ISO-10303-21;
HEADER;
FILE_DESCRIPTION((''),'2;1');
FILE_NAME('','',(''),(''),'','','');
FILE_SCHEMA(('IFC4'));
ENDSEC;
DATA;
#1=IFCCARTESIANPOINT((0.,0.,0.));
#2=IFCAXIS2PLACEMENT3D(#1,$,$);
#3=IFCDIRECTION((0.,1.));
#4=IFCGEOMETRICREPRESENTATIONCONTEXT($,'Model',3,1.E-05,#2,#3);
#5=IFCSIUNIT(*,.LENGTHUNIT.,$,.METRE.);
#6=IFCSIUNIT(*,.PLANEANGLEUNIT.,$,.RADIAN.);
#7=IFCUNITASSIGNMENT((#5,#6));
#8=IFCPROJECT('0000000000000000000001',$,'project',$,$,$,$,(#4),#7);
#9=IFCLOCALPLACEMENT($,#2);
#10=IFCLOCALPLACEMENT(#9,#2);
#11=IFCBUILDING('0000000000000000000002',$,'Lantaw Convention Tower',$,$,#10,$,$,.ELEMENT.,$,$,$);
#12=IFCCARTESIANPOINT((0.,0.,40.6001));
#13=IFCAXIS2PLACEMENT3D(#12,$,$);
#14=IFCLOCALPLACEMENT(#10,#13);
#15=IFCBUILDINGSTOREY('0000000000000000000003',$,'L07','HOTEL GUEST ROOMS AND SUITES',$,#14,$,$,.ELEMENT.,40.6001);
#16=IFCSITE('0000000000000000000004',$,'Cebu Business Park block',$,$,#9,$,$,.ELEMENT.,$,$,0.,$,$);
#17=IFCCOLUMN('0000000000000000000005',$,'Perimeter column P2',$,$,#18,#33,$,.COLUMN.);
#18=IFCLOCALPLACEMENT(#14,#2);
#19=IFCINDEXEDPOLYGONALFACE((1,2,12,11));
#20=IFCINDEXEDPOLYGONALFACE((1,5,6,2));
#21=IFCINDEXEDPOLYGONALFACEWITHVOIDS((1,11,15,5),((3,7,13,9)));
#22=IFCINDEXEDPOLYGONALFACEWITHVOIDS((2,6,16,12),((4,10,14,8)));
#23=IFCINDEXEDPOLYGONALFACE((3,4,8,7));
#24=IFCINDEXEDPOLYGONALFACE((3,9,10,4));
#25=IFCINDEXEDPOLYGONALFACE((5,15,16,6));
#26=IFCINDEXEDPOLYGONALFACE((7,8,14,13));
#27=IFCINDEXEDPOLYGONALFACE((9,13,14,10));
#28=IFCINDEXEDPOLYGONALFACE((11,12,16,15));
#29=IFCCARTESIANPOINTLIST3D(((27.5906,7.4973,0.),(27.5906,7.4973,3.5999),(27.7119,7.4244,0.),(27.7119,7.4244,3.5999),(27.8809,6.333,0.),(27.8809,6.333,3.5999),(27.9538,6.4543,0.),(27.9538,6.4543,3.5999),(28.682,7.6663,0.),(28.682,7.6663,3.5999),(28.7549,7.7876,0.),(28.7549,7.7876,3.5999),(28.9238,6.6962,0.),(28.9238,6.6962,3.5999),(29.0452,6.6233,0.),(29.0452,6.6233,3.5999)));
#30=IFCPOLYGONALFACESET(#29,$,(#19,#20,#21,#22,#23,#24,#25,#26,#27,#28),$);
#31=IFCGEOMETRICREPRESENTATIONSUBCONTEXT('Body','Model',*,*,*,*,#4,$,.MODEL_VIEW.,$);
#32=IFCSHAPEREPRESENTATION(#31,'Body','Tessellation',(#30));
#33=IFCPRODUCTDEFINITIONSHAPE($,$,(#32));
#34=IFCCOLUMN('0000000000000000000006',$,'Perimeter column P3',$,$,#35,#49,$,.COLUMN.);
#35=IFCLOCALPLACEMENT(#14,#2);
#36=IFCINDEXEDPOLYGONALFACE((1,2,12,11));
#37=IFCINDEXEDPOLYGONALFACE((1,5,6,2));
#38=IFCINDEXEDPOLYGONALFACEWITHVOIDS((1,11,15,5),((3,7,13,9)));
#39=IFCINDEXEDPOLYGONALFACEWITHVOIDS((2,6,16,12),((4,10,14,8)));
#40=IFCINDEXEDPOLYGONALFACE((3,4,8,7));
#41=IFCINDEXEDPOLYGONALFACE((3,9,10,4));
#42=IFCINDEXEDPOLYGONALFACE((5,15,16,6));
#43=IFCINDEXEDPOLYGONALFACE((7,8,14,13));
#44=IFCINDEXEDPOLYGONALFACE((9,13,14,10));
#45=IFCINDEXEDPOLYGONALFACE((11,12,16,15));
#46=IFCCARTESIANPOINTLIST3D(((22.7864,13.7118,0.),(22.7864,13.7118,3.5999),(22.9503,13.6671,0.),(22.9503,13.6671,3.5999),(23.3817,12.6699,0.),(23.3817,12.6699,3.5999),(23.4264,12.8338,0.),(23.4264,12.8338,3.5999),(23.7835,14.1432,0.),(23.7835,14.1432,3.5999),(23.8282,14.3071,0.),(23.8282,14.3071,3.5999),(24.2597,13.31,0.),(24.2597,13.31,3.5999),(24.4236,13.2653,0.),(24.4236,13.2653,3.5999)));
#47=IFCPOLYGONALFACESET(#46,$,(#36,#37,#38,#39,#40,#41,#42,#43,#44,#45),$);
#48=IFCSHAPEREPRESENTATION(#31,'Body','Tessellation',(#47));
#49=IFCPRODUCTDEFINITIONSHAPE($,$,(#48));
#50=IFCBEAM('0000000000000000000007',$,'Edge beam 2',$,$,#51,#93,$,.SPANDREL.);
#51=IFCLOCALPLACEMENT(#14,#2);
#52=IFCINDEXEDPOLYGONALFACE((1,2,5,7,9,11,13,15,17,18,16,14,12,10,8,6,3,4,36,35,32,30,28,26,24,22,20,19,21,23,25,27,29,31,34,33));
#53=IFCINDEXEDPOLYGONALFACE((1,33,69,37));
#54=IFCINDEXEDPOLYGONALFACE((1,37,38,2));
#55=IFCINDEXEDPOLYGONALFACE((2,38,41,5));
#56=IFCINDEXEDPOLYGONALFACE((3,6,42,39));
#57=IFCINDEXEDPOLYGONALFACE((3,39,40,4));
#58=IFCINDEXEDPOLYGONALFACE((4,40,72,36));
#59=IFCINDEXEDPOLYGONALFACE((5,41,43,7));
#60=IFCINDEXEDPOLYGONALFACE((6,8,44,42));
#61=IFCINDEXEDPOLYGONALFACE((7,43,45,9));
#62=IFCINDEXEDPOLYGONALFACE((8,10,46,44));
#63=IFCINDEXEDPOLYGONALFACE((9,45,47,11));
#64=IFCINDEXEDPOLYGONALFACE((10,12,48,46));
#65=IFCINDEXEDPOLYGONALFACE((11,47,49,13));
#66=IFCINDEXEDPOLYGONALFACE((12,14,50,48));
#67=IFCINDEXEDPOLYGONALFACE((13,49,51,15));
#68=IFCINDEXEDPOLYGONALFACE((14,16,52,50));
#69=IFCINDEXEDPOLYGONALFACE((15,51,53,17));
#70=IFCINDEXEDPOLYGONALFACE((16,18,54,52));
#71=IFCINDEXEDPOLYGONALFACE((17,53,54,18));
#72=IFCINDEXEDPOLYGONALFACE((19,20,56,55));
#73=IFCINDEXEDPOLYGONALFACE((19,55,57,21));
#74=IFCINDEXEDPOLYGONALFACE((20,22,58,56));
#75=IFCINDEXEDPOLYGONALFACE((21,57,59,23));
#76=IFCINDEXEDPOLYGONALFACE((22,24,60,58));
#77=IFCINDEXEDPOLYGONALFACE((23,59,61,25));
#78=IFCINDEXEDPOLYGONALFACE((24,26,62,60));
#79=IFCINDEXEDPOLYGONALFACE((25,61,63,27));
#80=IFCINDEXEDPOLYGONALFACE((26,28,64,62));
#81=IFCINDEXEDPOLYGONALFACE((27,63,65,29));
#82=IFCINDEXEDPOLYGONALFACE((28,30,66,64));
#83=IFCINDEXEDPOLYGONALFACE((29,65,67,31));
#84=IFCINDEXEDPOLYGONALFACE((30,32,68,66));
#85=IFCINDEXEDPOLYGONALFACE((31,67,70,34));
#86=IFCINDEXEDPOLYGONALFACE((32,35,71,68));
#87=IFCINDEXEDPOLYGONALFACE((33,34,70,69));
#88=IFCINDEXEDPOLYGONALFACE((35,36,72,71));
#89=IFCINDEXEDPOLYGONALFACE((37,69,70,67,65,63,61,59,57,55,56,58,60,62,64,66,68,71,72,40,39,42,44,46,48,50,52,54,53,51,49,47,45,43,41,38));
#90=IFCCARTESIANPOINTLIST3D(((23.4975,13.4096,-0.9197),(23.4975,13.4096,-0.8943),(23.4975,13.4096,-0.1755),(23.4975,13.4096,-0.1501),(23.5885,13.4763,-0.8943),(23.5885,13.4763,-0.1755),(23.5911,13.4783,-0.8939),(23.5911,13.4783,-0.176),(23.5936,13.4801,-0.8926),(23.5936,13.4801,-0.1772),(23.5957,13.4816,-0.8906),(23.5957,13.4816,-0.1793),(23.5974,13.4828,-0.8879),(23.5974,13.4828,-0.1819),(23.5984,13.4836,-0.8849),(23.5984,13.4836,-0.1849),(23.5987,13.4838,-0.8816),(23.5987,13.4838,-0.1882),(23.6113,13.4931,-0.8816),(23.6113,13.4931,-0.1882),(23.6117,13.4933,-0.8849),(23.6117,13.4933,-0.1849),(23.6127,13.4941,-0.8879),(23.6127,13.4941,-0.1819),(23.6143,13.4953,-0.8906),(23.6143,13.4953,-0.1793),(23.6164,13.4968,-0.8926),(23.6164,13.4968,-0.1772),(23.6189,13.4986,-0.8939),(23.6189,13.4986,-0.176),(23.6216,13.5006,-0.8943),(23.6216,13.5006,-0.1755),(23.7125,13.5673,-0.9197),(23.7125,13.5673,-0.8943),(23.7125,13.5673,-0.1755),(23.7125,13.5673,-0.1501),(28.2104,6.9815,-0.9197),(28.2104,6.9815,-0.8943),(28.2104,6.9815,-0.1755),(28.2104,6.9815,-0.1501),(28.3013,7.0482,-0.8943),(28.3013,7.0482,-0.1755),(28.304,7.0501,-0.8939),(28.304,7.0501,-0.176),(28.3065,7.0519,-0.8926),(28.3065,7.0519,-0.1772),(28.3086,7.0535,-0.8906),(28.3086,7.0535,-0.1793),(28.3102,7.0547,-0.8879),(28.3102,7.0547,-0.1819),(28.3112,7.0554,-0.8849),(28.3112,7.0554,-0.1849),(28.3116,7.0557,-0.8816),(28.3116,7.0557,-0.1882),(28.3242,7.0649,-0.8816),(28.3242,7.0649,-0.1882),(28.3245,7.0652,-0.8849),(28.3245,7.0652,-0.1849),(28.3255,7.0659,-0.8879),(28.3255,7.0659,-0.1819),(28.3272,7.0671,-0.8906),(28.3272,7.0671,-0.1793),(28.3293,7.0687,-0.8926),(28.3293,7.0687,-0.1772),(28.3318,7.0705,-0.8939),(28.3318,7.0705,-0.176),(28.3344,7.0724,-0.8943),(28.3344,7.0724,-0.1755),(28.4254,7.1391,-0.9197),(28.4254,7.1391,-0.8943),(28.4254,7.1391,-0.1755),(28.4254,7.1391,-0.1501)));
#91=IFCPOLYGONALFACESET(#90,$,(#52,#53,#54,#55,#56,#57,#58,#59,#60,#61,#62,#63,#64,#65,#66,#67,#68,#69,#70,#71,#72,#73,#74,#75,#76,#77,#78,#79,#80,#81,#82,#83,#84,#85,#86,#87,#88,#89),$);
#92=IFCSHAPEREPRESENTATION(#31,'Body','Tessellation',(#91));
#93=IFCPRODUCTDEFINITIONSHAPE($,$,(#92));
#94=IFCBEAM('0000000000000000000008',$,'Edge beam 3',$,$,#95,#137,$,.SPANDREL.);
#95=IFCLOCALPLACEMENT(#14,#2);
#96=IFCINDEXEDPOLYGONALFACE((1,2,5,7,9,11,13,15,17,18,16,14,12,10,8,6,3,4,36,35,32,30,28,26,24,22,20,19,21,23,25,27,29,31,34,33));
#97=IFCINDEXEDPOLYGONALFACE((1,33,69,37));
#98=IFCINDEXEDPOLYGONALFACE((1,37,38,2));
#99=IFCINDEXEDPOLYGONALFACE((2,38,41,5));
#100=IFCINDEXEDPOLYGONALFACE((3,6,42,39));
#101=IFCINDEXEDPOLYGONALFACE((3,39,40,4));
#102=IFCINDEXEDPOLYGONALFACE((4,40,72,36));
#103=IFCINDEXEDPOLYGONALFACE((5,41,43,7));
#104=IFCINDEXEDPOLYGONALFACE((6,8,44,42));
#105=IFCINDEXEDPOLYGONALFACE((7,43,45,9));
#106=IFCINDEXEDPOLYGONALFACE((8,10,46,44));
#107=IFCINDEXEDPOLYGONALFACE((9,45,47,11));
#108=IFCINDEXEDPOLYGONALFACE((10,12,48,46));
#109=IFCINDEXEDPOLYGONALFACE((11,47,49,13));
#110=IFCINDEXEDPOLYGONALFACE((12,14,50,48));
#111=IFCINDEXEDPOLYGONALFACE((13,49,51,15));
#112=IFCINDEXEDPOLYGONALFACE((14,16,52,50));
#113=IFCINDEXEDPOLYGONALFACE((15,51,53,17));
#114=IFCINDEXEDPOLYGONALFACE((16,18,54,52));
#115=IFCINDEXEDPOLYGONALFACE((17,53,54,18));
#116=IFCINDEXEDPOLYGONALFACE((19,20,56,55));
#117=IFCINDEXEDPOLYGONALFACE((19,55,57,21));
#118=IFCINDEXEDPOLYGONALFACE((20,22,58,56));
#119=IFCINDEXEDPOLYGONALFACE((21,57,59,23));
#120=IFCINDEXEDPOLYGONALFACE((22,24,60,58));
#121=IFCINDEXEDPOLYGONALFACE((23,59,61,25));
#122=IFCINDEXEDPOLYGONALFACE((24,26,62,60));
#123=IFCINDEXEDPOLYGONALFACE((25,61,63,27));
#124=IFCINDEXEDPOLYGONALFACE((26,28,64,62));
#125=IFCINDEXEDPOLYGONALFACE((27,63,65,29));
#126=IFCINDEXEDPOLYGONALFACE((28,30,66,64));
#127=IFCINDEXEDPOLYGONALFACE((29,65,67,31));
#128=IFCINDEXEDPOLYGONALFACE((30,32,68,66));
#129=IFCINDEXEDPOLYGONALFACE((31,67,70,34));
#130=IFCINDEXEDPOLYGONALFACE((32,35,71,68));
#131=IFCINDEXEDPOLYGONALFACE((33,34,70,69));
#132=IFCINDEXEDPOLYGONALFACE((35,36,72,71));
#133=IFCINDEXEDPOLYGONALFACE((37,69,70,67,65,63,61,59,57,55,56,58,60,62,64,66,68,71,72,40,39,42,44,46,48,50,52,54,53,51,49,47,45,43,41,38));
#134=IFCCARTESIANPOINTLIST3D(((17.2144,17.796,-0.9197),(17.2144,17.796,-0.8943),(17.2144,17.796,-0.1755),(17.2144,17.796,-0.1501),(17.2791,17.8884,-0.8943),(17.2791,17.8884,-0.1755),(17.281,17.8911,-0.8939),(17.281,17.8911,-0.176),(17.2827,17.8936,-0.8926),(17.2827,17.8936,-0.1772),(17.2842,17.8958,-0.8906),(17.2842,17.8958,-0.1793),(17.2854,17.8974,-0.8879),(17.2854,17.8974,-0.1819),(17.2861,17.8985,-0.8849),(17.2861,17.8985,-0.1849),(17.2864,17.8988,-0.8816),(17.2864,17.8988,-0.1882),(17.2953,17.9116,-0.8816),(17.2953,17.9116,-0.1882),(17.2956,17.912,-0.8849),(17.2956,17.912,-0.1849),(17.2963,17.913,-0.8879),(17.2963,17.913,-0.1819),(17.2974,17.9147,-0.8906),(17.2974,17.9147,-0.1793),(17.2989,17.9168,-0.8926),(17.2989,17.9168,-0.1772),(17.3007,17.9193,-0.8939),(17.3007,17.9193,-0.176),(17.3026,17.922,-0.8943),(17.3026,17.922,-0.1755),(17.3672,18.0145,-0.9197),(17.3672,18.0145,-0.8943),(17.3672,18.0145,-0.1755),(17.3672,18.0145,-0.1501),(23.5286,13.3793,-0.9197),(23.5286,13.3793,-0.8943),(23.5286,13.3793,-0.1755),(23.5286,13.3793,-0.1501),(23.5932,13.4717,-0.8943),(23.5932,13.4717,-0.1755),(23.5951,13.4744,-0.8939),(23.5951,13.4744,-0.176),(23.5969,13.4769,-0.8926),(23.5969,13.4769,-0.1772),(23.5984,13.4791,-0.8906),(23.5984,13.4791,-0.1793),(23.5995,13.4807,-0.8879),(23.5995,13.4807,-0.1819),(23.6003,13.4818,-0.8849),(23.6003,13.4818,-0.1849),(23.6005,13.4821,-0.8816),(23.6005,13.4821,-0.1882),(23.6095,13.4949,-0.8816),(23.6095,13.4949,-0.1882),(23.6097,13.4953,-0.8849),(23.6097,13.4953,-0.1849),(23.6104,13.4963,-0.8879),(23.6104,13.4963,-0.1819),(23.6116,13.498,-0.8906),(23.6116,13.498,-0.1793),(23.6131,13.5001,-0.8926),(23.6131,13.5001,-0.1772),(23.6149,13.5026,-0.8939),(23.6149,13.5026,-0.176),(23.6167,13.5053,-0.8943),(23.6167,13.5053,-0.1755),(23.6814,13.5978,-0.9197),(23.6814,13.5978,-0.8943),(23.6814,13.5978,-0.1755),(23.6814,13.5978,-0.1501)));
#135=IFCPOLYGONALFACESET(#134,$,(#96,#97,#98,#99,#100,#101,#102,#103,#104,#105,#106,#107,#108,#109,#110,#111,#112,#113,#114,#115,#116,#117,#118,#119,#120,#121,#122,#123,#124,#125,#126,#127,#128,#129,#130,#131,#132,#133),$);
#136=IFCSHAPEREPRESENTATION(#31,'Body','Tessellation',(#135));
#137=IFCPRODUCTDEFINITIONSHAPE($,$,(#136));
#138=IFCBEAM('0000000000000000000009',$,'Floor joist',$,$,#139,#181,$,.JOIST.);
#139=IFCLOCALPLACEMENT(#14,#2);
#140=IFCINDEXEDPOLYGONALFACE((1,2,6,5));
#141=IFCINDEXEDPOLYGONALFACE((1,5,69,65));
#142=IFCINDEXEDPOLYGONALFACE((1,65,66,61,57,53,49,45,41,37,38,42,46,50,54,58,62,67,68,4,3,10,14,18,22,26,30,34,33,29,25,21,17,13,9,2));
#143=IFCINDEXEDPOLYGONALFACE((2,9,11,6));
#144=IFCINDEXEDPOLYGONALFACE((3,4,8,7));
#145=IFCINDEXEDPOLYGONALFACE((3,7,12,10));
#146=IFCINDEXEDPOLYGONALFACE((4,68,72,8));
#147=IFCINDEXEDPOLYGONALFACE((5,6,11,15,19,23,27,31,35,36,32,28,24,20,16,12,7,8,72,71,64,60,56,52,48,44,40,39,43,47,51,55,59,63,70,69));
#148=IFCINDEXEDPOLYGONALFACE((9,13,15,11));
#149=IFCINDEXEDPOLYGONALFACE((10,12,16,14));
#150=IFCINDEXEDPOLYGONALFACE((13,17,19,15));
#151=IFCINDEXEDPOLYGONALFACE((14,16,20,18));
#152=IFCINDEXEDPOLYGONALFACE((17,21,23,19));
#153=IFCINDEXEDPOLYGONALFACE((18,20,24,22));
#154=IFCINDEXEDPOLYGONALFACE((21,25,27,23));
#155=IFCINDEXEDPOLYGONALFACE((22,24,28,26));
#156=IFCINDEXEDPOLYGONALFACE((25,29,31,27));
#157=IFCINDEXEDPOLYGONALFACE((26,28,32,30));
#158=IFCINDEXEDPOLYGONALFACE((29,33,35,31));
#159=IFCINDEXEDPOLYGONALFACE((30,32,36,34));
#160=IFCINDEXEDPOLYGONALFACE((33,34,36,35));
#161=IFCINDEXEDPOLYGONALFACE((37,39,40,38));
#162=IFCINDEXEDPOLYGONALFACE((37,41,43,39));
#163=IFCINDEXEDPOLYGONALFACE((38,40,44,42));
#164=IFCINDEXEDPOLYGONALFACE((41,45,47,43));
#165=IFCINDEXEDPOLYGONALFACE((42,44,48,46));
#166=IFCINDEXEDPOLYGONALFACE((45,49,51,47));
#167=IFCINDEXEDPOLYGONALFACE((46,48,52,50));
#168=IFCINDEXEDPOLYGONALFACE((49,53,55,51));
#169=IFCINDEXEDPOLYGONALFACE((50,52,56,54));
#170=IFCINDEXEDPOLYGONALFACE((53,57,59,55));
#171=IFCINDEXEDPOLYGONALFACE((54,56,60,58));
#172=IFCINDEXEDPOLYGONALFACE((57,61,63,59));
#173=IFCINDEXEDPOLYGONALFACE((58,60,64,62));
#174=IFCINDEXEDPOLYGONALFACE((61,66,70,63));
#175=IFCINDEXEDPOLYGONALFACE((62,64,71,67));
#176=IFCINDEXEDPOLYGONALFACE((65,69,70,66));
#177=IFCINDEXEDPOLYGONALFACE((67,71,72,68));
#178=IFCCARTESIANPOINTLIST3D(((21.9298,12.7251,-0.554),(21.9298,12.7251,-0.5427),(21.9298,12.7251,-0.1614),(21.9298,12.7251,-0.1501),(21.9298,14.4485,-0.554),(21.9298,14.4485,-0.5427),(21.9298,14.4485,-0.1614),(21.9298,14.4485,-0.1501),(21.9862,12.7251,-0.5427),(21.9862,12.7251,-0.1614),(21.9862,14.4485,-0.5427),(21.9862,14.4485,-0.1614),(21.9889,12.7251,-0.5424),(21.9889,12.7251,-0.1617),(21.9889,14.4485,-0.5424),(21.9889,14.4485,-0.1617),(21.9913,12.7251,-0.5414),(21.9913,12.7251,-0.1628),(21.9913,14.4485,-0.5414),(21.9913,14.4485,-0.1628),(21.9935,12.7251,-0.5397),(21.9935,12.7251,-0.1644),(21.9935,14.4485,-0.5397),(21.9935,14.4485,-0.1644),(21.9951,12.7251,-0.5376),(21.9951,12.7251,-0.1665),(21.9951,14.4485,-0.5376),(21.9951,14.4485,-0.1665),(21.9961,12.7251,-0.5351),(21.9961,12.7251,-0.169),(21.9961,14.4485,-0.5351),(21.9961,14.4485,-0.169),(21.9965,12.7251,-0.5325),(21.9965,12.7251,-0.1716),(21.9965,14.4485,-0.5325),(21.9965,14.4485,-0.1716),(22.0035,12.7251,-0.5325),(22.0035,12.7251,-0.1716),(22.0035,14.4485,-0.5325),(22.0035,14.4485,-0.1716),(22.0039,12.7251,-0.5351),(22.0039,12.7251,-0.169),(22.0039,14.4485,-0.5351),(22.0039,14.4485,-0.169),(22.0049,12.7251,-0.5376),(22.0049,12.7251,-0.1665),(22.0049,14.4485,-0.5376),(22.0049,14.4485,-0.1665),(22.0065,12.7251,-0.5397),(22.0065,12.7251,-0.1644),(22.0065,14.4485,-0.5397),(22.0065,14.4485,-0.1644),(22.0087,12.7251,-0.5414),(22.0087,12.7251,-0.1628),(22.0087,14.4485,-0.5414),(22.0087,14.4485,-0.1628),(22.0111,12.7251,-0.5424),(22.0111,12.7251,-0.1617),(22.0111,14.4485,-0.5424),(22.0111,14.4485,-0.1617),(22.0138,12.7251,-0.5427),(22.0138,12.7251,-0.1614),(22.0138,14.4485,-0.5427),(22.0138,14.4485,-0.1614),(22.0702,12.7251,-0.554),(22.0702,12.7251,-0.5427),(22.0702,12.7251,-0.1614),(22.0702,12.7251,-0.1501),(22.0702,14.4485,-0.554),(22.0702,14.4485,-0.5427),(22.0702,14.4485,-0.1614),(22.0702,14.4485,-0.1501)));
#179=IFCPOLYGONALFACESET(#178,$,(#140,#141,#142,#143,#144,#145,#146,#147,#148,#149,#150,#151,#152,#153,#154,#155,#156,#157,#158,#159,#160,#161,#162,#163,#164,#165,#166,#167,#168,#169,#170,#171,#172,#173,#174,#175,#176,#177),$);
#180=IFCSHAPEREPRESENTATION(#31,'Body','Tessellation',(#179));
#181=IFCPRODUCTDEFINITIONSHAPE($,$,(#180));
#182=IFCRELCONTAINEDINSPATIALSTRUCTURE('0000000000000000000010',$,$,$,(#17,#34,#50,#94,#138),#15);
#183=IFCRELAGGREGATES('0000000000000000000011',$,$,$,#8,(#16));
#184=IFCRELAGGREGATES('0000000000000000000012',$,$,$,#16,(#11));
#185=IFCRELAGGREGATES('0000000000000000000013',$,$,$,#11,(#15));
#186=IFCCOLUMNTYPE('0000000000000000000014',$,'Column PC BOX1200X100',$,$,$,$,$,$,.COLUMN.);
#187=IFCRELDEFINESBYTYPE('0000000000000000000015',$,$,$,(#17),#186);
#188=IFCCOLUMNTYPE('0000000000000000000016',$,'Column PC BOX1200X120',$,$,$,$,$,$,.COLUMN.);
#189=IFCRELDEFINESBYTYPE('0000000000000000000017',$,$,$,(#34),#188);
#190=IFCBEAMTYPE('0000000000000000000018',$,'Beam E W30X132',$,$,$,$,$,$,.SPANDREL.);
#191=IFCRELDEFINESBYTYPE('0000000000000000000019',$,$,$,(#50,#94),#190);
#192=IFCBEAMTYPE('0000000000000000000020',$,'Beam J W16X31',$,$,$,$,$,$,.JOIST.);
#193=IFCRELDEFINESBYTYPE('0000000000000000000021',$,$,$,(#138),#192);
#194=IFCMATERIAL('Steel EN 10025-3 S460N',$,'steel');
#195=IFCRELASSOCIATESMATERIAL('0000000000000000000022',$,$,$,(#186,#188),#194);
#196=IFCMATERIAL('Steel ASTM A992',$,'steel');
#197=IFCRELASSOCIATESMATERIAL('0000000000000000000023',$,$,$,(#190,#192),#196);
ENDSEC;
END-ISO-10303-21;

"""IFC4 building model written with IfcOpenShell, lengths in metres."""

from ifc_helpers import new_model, si_unit, direction, frame, origin, origin_2d, place, context, subcontext, project, spatial, rectangle, hollow_rectangle, i_section, extrude, material, material_profile, profile_set, type_object, element, save


model = new_model("IFC4")

# Units and contexts
model_context = context("Model", 3, precision=1e-05, world=origin(), true_north=direction((0.0, 1.0)))
body_context = subcontext(model_context, "Body", "Model", "MODEL_VIEW")
ifc_project = project(units=[si_unit("LENGTHUNIT", "METRE"), si_unit("PLANEANGLEUNIT", "RADIAN")], contexts=[model_context])

# Site, building, storey
site_placement = place(None, origin())
site = spatial("IfcSite", under=ifc_project, at=site_placement, Name="Cebu Business Park block", CompositionType="ELEMENT", RefElevation=0.0)
building_placement = place(site_placement, origin())
building = spatial("IfcBuilding", under=site, at=building_placement, Name="Lantaw Convention Tower", CompositionType="ELEMENT")
storey_placement = place(building_placement, frame((0.0, 0.0, 40.6001)))
storey = spatial("IfcBuildingStorey", under=building, at=storey_placement, Name="L07", Description="HOTEL GUEST ROOMS AND SUITES", CompositionType="ELEMENT", Elevation=40.6001)

# Columns
ifc_material_1 = material(Name="Steel EN 10025-3 S460N", Category="steel")
ifc_material_profile_1 = material_profile(ifc_material_1, hollow_rectangle(XDim=1.2, YDim=1.2, WallThickness=0.1001, at=origin_2d()), Name="BOX1200X100")
ifc_material_2 = material(Name="Concrete C60/75", Category="concrete")
ifc_material_profile_2 = material_profile(ifc_material_2, rectangle(XDim=1.0, YDim=1.0, at=origin_2d()), Name="Concrete fill of BOX1200X100")
ifc_profile_set_1 = profile_set([ifc_material_profile_1, ifc_material_profile_2], Name="Steel EN 10025-3 S460N")
column_type_1 = type_object("IfcColumnType", Name="Column PC BOX1200X100", PredefinedType="COLUMN", material=ifc_profile_set_1)
column_1_placement = place(storey_placement, frame((28.3179, 7.0603, 0.0), z_axis=(0.0, 0.0, 1.0), x_axis=(0.970296, 0.241922, 0.0)))
element("IfcColumn", 1, at=column_1_placement, inside=storey, type_object=column_type_1, Name="Perimeter column P2", PredefinedType="COLUMN", context=body_context, shape_type="SweptSolid", body=[
    extrude(hollow_rectangle(XDim=1.2, YDim=1.2, WallThickness=0.1001, at=origin_2d()), origin(), (0.0, 0.0, 1.0), 3.5999),
])
ifc_material_profile_3 = material_profile(ifc_material_1, hollow_rectangle(XDim=1.2, YDim=1.2, WallThickness=0.1201, at=origin_2d()), Name="BOX1200X120")
ifc_material_profile_4 = material_profile(ifc_material_2, rectangle(XDim=0.96, YDim=0.96, at=origin_2d()), Name="Concrete fill of BOX1200X120")
ifc_profile_set_2 = profile_set([ifc_material_profile_3, ifc_material_profile_4], Name="Steel EN 10025-3 S460N")
column_type_2 = type_object("IfcColumnType", Name="Column PC BOX1200X120", PredefinedType="COLUMN", material=ifc_profile_set_2)
column_2_placement = place(storey_placement, frame((23.605, 13.4885, 0.0), z_axis=(0.0, 0.0, 1.0), x_axis=(0.868243, 0.496139, 0.0)))
element("IfcColumn", 2, at=column_2_placement, inside=storey, type_object=column_type_2, Name="Perimeter column P3", PredefinedType="COLUMN", context=body_context, shape_type="SweptSolid", body=[
    extrude(hollow_rectangle(XDim=1.2, YDim=1.2, WallThickness=0.1201, at=origin_2d()), origin(), (0.0, 0.0, 1.0), 3.5999),
])

# Beams
ifc_material_3 = material(Name="Steel ASTM A992", Category="steel")
ifc_material_profile_5 = material_profile(ifc_material_3, i_section(OverallWidth=0.2666, OverallDepth=0.7695, WebThickness=0.0156, FlangeThickness=0.0254, FilletRadius=0.0127, at=origin_2d()), Name="W30X132")
ifc_profile_set_3 = profile_set([ifc_material_profile_5], Name="Steel ASTM A992")
beam_type_1 = type_object("IfcBeamType", Name="Beam E W30X132", PredefinedType="SPANDREL", material=ifc_profile_set_3)
beam_1_placement = place(storey_placement, frame((28.3179, 7.0603, -0.5349), z_axis=(-0.591271, 0.806473, 0.0), x_axis=(-0.806473, -0.591271, 0.0)))
element("IfcBeam", 3, at=beam_1_placement, inside=storey, type_object=beam_type_1, Name="Edge beam 2", PredefinedType="SPANDREL", context=body_context, shape_type="SweptSolid", body=[
    extrude(i_section(OverallWidth=0.2666, OverallDepth=0.7695, WebThickness=0.0156, FlangeThickness=0.0254, FilletRadius=0.0127, at=origin_2d()), origin(), (0.0, 0.0, 1.0), 7.9707),
])
beam_2_placement = place(storey_placement, frame((23.605, 13.4885, -0.5349), z_axis=(-0.819427, 0.573184, 0.0), x_axis=(-0.573184, -0.819427, 0.0)))
element("IfcBeam", 4, at=beam_2_placement, inside=storey, type_object=beam_type_1, Name="Edge beam 3", PredefinedType="SPANDREL", context=body_context, shape_type="SweptSolid", body=[
    extrude(i_section(OverallWidth=0.2666, OverallDepth=0.7695, WebThickness=0.0156, FlangeThickness=0.0254, FilletRadius=0.0127, at=origin_2d()), origin(), (0.0, 0.0, 1.0), 7.7056),
])
ifc_material_profile_6 = material_profile(ifc_material_3, i_section(OverallWidth=0.1404, OverallDepth=0.4038, WebThickness=0.0071, FlangeThickness=0.0112, FilletRadius=0.0103, at=origin_2d()), Name="W16X31")
ifc_profile_set_4 = profile_set([ifc_material_profile_6], Name="Steel ASTM A992")
beam_type_2 = type_object("IfcBeamType", Name="Beam J W16X31", PredefinedType="JOIST", material=ifc_profile_set_4)
beam_3_placement = place(storey_placement, frame((22.0, 12.7251, -0.3521), z_axis=(0.0, 1.0, 0.0), x_axis=(-1.0, 0.0, 0.0)))
element("IfcBeam", 5, at=beam_3_placement, inside=storey, type_object=beam_type_2, Name="Floor joist", PredefinedType="JOIST", context=body_context, shape_type="SweptSolid", body=[
    extrude(i_section(OverallWidth=0.1404, OverallDepth=0.4038, WebThickness=0.0071, FlangeThickness=0.0112, FilletRadius=0.0103, at=origin_2d()), origin(), (0.0, 0.0, 1.0), 1.7234),
])

save(model, "model.ifc")
